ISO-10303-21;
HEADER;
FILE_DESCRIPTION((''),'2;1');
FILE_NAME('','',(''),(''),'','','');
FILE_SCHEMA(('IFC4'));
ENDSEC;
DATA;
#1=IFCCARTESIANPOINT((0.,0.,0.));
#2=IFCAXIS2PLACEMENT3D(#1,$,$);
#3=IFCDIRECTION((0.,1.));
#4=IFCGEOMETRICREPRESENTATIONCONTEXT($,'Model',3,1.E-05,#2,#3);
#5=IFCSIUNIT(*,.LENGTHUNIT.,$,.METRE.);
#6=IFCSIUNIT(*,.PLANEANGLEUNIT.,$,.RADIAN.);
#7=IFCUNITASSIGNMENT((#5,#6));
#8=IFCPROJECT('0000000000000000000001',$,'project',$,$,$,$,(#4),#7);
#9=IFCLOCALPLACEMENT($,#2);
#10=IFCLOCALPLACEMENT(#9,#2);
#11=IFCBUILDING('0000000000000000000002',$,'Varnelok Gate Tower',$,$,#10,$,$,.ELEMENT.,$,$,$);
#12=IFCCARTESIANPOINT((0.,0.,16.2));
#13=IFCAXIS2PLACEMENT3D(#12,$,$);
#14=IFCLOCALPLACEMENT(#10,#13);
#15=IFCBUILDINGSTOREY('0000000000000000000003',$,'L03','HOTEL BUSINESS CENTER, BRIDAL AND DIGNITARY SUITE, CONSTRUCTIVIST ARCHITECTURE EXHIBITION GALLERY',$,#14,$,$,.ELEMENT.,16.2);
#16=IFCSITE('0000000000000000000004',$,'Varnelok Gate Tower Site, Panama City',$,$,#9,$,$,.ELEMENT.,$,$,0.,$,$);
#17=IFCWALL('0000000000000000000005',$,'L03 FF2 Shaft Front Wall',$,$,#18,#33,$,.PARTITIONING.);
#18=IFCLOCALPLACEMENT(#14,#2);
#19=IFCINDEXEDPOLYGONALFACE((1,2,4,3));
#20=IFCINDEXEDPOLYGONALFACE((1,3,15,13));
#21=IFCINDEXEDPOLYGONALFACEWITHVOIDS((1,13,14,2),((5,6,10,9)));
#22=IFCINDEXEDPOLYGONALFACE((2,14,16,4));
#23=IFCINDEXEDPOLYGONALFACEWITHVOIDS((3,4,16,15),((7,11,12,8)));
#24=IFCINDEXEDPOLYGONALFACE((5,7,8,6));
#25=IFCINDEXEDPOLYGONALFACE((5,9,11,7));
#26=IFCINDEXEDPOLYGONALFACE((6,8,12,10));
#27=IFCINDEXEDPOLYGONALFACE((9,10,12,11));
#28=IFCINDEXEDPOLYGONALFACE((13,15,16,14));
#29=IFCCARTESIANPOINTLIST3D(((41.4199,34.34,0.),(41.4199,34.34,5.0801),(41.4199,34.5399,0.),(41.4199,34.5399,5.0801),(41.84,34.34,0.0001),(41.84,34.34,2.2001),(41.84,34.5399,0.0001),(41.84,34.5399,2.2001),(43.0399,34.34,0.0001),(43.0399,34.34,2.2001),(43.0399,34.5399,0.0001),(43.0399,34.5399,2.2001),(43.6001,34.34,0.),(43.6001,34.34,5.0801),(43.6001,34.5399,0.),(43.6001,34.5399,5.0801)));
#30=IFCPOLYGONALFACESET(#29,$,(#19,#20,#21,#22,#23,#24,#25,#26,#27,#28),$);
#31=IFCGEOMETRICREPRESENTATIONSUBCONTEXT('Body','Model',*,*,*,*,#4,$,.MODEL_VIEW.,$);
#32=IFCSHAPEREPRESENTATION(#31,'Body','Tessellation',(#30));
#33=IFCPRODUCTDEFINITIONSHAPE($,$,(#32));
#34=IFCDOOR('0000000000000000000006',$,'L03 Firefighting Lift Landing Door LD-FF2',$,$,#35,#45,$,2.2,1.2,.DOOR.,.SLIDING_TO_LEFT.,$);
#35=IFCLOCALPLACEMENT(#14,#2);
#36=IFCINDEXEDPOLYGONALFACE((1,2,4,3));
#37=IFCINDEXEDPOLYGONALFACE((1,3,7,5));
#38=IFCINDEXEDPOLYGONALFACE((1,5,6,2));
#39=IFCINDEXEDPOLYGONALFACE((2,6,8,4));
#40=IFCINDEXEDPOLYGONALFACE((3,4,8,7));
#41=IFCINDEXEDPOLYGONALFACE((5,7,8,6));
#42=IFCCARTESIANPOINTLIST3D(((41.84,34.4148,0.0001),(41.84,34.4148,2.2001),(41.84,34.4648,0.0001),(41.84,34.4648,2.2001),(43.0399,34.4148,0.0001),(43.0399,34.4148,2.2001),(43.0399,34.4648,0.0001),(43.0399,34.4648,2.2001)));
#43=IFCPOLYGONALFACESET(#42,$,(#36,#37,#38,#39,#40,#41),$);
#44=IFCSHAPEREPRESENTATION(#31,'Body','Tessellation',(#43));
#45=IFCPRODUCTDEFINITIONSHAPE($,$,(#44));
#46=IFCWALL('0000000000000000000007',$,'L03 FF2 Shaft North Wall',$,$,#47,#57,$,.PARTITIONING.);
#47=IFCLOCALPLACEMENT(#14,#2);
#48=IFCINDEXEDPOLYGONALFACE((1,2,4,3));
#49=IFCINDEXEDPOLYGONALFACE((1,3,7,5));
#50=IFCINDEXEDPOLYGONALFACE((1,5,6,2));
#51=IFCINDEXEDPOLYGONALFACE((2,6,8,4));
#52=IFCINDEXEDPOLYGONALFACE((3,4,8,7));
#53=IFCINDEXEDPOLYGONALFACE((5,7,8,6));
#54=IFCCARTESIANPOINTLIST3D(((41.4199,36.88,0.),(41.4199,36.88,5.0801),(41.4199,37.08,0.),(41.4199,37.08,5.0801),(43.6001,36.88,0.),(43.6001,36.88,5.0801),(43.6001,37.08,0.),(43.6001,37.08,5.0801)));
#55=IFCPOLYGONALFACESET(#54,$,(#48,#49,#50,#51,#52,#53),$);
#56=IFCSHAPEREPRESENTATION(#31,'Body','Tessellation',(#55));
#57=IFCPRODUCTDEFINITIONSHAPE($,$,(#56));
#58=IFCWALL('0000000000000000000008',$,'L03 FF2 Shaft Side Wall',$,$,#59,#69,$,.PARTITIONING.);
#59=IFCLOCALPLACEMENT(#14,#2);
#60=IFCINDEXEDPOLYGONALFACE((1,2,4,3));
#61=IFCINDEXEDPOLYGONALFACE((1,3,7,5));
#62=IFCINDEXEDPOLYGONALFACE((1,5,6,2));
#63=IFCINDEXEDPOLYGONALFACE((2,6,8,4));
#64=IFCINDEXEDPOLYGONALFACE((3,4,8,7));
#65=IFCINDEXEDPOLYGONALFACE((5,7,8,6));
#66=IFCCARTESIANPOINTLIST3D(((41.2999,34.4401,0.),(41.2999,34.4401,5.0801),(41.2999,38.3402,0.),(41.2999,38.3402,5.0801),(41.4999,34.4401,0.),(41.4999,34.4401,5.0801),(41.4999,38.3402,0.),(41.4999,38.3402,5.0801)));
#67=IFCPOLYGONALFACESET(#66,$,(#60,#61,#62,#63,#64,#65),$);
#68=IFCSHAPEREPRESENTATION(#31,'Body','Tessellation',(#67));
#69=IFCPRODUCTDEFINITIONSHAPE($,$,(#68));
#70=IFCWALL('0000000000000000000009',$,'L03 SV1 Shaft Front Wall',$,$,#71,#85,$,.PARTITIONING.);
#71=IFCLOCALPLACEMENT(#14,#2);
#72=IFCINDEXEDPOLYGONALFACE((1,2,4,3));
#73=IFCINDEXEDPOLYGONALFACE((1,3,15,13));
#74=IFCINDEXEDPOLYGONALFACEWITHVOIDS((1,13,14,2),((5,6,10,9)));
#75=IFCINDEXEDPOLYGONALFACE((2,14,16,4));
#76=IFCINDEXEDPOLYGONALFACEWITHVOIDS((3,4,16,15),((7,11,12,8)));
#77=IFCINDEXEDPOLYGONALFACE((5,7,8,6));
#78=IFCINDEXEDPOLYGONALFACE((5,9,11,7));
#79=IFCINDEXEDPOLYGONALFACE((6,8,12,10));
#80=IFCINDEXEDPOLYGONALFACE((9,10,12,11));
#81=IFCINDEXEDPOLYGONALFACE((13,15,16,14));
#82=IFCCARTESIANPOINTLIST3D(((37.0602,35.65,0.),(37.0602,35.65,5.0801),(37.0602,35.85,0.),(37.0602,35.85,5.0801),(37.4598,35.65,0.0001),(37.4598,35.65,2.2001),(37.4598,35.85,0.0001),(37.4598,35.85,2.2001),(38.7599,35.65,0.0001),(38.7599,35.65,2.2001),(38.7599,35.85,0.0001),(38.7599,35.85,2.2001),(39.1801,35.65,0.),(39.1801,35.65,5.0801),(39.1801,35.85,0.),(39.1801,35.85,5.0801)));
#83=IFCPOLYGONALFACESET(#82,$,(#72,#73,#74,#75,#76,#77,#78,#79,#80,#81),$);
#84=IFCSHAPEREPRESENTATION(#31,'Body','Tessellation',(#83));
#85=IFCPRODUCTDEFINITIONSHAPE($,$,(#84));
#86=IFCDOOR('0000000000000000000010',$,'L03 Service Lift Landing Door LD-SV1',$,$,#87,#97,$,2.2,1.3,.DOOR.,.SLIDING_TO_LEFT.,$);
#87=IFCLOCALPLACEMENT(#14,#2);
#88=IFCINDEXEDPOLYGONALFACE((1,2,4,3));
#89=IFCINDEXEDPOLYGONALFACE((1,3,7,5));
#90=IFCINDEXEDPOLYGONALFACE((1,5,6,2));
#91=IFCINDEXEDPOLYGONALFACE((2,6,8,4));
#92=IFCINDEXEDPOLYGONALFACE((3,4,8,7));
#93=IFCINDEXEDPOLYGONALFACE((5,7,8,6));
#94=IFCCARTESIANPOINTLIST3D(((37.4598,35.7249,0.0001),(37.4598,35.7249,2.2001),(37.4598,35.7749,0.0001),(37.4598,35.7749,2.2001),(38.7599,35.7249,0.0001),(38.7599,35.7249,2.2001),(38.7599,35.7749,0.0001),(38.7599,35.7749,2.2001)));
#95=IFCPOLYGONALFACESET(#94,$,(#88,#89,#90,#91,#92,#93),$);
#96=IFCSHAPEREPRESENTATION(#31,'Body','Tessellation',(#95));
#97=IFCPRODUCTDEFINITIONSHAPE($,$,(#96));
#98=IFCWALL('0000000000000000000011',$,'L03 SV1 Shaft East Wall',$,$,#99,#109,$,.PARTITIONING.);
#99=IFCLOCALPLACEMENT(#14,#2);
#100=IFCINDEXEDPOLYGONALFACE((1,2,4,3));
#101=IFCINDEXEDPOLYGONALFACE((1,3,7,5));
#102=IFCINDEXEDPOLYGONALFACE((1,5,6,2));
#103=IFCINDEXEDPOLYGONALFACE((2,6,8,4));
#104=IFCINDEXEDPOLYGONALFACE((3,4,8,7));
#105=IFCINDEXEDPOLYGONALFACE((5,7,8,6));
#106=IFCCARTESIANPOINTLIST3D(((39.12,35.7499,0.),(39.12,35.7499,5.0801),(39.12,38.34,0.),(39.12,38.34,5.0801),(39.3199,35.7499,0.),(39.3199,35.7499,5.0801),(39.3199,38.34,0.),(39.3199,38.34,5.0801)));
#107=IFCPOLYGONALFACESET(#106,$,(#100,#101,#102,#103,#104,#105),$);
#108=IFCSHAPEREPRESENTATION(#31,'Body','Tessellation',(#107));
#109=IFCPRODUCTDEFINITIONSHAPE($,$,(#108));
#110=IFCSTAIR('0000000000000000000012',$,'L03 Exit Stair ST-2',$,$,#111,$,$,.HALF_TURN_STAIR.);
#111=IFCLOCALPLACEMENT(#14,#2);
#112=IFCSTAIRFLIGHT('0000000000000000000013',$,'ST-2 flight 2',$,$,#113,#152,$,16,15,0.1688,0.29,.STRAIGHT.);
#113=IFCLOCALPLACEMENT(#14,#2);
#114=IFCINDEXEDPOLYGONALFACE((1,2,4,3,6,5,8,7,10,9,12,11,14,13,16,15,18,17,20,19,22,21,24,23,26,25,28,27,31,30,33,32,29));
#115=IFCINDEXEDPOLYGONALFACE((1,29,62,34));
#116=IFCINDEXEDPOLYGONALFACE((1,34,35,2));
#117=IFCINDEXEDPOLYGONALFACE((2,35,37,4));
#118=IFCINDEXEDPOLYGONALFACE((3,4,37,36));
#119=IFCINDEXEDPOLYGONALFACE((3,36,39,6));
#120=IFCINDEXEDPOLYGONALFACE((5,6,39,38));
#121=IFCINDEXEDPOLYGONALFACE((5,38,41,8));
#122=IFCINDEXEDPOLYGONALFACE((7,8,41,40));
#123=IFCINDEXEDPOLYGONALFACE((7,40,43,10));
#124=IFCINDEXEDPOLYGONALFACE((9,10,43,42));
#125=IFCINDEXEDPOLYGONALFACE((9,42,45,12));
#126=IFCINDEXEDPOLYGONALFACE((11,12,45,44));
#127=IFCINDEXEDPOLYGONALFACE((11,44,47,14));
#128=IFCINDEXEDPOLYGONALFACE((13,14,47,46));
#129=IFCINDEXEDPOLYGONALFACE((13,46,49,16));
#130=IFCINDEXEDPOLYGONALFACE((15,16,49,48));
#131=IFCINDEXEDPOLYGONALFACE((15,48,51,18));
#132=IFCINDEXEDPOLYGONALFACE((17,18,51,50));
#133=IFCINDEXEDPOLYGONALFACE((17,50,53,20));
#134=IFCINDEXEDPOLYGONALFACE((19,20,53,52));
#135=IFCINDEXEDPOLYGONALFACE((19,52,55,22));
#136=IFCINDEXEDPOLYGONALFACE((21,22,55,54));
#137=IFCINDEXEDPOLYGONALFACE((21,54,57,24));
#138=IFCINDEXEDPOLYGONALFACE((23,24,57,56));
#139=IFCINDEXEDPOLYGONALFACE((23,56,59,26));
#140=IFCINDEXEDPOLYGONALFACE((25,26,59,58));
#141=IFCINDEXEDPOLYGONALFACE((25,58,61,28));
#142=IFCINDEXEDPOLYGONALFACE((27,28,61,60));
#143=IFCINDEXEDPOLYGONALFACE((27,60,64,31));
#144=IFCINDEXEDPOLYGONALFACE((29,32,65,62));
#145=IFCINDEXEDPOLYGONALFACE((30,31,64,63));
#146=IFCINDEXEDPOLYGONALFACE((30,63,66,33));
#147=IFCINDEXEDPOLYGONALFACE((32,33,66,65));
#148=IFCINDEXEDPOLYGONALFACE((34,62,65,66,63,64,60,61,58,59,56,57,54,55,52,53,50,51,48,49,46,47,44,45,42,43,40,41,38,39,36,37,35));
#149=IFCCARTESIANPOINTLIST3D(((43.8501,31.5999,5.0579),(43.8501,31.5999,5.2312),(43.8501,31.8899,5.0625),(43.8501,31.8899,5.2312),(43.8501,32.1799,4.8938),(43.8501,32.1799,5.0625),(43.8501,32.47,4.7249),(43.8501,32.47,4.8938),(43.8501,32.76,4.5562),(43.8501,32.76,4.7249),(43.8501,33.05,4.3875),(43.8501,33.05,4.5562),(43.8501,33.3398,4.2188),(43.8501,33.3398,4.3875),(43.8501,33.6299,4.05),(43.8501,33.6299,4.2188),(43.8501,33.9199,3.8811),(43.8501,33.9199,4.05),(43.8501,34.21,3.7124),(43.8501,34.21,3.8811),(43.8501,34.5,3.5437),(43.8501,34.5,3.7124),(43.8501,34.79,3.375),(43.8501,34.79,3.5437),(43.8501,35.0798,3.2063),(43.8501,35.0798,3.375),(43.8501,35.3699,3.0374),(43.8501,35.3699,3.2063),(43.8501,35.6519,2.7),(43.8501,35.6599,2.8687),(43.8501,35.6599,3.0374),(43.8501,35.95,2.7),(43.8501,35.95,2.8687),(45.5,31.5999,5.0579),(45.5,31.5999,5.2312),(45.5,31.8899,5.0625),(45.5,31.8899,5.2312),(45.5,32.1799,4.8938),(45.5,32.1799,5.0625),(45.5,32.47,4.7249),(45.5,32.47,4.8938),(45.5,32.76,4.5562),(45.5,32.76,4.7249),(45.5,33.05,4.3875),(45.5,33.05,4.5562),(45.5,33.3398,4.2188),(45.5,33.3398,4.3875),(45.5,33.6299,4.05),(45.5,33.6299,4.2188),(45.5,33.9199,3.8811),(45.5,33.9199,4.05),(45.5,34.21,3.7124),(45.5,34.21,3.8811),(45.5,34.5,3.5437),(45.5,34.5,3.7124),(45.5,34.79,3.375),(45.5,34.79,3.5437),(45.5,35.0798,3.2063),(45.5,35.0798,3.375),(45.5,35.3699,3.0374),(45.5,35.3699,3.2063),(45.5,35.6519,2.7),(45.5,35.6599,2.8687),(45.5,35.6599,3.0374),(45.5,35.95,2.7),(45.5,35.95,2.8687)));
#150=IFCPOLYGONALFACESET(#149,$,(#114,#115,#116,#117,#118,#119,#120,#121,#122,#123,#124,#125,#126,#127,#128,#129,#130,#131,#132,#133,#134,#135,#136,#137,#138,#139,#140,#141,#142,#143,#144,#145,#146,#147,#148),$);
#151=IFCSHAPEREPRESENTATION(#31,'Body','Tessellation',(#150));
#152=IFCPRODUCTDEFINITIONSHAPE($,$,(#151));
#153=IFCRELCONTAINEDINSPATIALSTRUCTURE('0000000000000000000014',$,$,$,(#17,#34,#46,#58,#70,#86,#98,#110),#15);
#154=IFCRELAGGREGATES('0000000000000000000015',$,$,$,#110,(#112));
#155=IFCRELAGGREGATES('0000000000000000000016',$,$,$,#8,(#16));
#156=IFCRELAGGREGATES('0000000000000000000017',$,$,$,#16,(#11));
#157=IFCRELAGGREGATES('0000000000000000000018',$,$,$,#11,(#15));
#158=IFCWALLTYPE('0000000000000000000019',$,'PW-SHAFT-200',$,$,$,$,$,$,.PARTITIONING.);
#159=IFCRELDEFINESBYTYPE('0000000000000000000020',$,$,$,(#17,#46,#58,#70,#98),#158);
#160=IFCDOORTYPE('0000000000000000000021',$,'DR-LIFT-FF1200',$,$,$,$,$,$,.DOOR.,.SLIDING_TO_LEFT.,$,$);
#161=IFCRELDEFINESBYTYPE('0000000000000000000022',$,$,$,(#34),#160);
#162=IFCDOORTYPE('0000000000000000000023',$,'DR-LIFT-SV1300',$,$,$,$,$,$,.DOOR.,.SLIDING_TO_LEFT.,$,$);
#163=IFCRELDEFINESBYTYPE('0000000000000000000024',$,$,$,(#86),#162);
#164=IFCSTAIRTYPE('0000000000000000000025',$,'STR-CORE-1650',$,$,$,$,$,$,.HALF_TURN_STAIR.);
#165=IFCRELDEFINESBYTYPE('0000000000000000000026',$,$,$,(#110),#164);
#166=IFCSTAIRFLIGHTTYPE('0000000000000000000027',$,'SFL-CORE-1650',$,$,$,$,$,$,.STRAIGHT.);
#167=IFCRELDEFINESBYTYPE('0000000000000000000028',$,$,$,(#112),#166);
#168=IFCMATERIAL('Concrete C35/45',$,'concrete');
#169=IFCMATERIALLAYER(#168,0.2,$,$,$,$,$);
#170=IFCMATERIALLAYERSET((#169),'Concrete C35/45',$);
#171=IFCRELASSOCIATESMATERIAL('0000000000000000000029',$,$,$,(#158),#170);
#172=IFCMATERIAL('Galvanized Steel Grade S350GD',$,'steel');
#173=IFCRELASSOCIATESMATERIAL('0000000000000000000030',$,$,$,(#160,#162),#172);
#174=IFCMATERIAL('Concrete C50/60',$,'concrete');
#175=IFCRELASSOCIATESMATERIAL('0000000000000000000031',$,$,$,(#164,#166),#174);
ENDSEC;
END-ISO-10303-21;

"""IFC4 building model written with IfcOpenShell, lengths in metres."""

from ifc_helpers import new_model, si_unit, direction, frame, frame_2d, origin, place, context, subcontext, project, spatial, polyline, rectangle, outline, extrude, material, layer, layer_set, type_object, element, fill, aggregate, save


model = new_model("IFC4")

# Units and contexts
model_context = context("Model", 3, precision=1e-05, world=origin(), true_north=direction((0.0, 1.0)))
body_context = subcontext(model_context, "Body", "Model", "MODEL_VIEW")
ifc_project = project(units=[si_unit("LENGTHUNIT", "METRE"), si_unit("PLANEANGLEUNIT", "RADIAN")], contexts=[model_context])

# Site, building, storey
site_placement = place(None, origin())
site = spatial("IfcSite", under=ifc_project, at=site_placement, Name="Varnelok Gate Tower Site, Panama City", CompositionType="ELEMENT", RefElevation=0.0)
building_placement = place(site_placement, origin())
building = spatial("IfcBuilding", under=site, at=building_placement, Name="Varnelok Gate Tower", CompositionType="ELEMENT")
storey_placement = place(building_placement, frame((0.0, 0.0, 16.2)))
storey = spatial("IfcBuildingStorey", under=building, at=storey_placement, Name="L03", Description="HOTEL BUSINESS CENTER, BRIDAL AND DIGNITARY SUITE, CONSTRUCTIVIST ARCHITECTURE EXHIBITION GALLERY", CompositionType="ELEMENT", Elevation=16.2)

# Shared definitions
ifc_material_1 = material(Name="Galvanized Steel Grade S350GD", Category="steel")

# Shared definitions
ifc_material_2 = material(Name="Concrete C35/45", Category="concrete")
ifc_layer_1 = layer(ifc_material_2, 0.2)
ifc_layer_set_1 = layer_set([ifc_layer_1], Name="Concrete C35/45")
wall_type_1 = type_object("IfcWallType", Name="PW-SHAFT-200", PredefinedType="PARTITIONING", material=ifc_layer_set_1)

# Wall, opening, door
wall_1_placement = place(storey_placement, frame((41.4199, 34.4399, 0.0), z_axis=(0.0, 0.0, 1.0), x_axis=(1.0, 0.0, 0.0)))
wall_1 = element("IfcWall", 1, at=wall_1_placement, inside=storey, type_object=wall_type_1, Name="L03 FF2 Shaft Front Wall", PredefinedType="PARTITIONING", context=body_context, shape_type="SweptSolid", body=[
    extrude(rectangle(XDim=2.1802, YDim=0.2, at=frame_2d((1.0901, 0.0))), origin(), (0.0, 0.0, 1.0), 5.0801),
])
opening_1_placement = place(wall_1_placement, frame((0.4199, 0.0, 0.0)))
opening_1 = element("IfcOpeningElement", 2, at=opening_1_placement, cuts=wall_1, PredefinedType="OPENING", context=body_context, shape_type="SweptSolid", body=[
    extrude(rectangle(XDim=1.2, YDim=2.2, at=frame_2d((0.6001, 1.1001))), frame((0.0, 0.1099, 0.0), z_axis=(0.0, -1.0, 0.0), x_axis=(1.0, 0.0, 0.0)), (0.0, 0.0, 1.0), 0.22),
])
door_type_1 = type_object("IfcDoorType", Name="DR-LIFT-FF1200", OperationType="SLIDING_TO_LEFT", PredefinedType="DOOR", material=ifc_material_1)
door_1_placement = place(opening_1_placement, origin())
door_1 = element("IfcDoor", 3, at=door_1_placement, inside=storey, type_object=door_type_1, Name="L03 Firefighting Lift Landing Door LD-FF2", OperationType="SLIDING_TO_LEFT", OverallHeight=2.2, OverallWidth=1.2, PredefinedType="DOOR", context=body_context, shape_type="SweptSolid", body=[
    extrude(rectangle(XDim=1.2, YDim=2.2, at=frame_2d((0.6001, 1.1001))), frame((0.0, 0.0249, 0.0), z_axis=(0.0, -1.0, 0.0), x_axis=(1.0, 0.0, 0.0)), (0.0, 0.0, 1.0), 0.05),
])
fill(opening_1, door_1)

# Walls
wall_2_placement = place(storey_placement, frame((41.4199, 36.98, 0.0), z_axis=(0.0, 0.0, 1.0), x_axis=(1.0, 0.0, 0.0)))
element("IfcWall", 4, at=wall_2_placement, inside=storey, type_object=wall_type_1, Name="L03 FF2 Shaft North Wall", PredefinedType="PARTITIONING", context=body_context, shape_type="SweptSolid", body=[
    extrude(rectangle(XDim=2.1802, YDim=0.2, at=frame_2d((1.0901, 0.0))), origin(), (0.0, 0.0, 1.0), 5.0801),
])
wall_3_placement = place(storey_placement, frame((41.3999, 34.4399, 0.0), z_axis=(0.0, 0.0, 1.0), x_axis=(0.0, 1.0, 0.0)))
element("IfcWall", 5, at=wall_3_placement, inside=storey, type_object=wall_type_1, Name="L03 FF2 Shaft Side Wall", PredefinedType="PARTITIONING", context=body_context, shape_type="SweptSolid", body=[
    extrude(rectangle(XDim=3.9001, YDim=0.2, at=frame_2d((1.9502, 0.0))), origin(), (0.0, 0.0, 1.0), 5.0801),
])

# Wall, opening, door
wall_4_placement = place(storey_placement, frame((37.0601, 35.75, 0.0), z_axis=(0.0, 0.0, 1.0), x_axis=(1.0, 0.0, 0.0)))
wall_4 = element("IfcWall", 6, at=wall_4_placement, inside=storey, type_object=wall_type_1, Name="L03 SV1 Shaft Front Wall", PredefinedType="PARTITIONING", context=body_context, shape_type="SweptSolid", body=[
    extrude(rectangle(XDim=2.1199, YDim=0.2, at=frame_2d((1.0601, 0.0))), origin(), (0.0, 0.0, 1.0), 5.0801),
])
opening_2_placement = place(wall_4_placement, frame((0.3999, 0.0, 0.0)))
opening_2 = element("IfcOpeningElement", 7, at=opening_2_placement, cuts=wall_4, PredefinedType="OPENING", context=body_context, shape_type="SweptSolid", body=[
    extrude(rectangle(XDim=1.3, YDim=2.2, at=frame_2d((0.6499, 1.1001))), frame((0.0, 0.1099, 0.0), z_axis=(0.0, -1.0, 0.0), x_axis=(1.0, 0.0, 0.0)), (0.0, 0.0, 1.0), 0.22),
])
door_type_2 = type_object("IfcDoorType", Name="DR-LIFT-SV1300", OperationType="SLIDING_TO_LEFT", PredefinedType="DOOR", material=ifc_material_1)
door_2_placement = place(opening_2_placement, origin())
door_2 = element("IfcDoor", 8, at=door_2_placement, inside=storey, type_object=door_type_2, Name="L03 Service Lift Landing Door LD-SV1", OperationType="SLIDING_TO_LEFT", OverallHeight=2.2, OverallWidth=1.3, PredefinedType="DOOR", context=body_context, shape_type="SweptSolid", body=[
    extrude(rectangle(XDim=1.3, YDim=2.2, at=frame_2d((0.6499, 1.1001))), frame((0.0, 0.0249, 0.0), z_axis=(0.0, -1.0, 0.0), x_axis=(1.0, 0.0, 0.0)), (0.0, 0.0, 1.0), 0.05),
])
fill(opening_2, door_2)

# Wall
wall_5_placement = place(storey_placement, frame((39.22, 35.75, 0.0), z_axis=(0.0, 0.0, 1.0), x_axis=(0.0, 1.0, 0.0)))
element("IfcWall", 9, at=wall_5_placement, inside=storey, type_object=wall_type_1, Name="L03 SV1 Shaft East Wall", PredefinedType="PARTITIONING", context=body_context, shape_type="SweptSolid", body=[
    extrude(rectangle(XDim=2.5901, YDim=0.2, at=frame_2d((1.2949, 0.0))), origin(), (0.0, 0.0, 1.0), 5.0801),
])

# Stair, stair flight
ifc_material_3 = material(Name="Concrete C50/60", Category="concrete")
stair_type = type_object("IfcStairType", Name="STR-CORE-1650", PredefinedType="HALF_TURN_STAIR", material=ifc_material_3)
stair_placement = place(storey_placement, origin())
stair = element("IfcStair", 10, at=stair_placement, inside=storey, type_object=stair_type, Name="L03 Exit Stair ST-2", PredefinedType="HALF_TURN_STAIR")
stair_flight_type = type_object("IfcStairFlightType", Name="SFL-CORE-1650", PredefinedType="STRAIGHT", material=ifc_material_3)
stair_flight_placement = place(storey_placement, frame((44.675, 35.95, 2.7), z_axis=(0.0, 0.0, 1.0), x_axis=(0.0, -1.0, 0.0)))
stair_flight = element("IfcStairFlight", 11, at=stair_flight_placement, type_object=stair_flight_type, Name="ST-2 flight 2", NumberOfRisers=16, NumberOfTreads=15, PredefinedType="STRAIGHT", RiserHeight=0.1688, TreadLength=0.29, context=body_context, shape_type="SweptSolid", body=[
    extrude(outline(polyline([(0.0, 0.0), (0.0, 0.1687), (0.29, 0.1687), (0.29, 0.3374), (0.5801, 0.3374), (0.5801, 0.5063), (0.8701, 0.5063), (0.8701, 0.675), (1.1599, 0.675), (1.1599, 0.8438), (1.45, 0.8438), (1.45, 1.0125), (1.74, 1.0125), (1.74, 1.1812), (2.03, 1.1812), (2.03, 1.3501), (2.3201, 1.3501), (2.3201, 1.5188), (2.6101, 1.5188), (2.6101, 1.6875), (2.8999, 1.6875), (2.8999, 1.8562), (3.1899, 1.8562), (3.1899, 2.0249), (3.48, 2.0249), (3.48, 2.1938), (3.77, 2.1938), (3.77, 2.3625), (4.0601, 2.3625), (4.0601, 2.5312), (4.3501, 2.5312), (4.3501, 2.7), (4.3501, 2.3579), (0.2981, 0.0), (0.0, 0.0)])), frame((0.0, 0.825, 0.0), z_axis=(0.0, -1.0, 0.0), x_axis=(1.0, 0.0, 0.0)), (0.0, 0.0, 1.0), 1.6499),
])
aggregate(stair, [stair_flight])

save(model, "model.ifc")
